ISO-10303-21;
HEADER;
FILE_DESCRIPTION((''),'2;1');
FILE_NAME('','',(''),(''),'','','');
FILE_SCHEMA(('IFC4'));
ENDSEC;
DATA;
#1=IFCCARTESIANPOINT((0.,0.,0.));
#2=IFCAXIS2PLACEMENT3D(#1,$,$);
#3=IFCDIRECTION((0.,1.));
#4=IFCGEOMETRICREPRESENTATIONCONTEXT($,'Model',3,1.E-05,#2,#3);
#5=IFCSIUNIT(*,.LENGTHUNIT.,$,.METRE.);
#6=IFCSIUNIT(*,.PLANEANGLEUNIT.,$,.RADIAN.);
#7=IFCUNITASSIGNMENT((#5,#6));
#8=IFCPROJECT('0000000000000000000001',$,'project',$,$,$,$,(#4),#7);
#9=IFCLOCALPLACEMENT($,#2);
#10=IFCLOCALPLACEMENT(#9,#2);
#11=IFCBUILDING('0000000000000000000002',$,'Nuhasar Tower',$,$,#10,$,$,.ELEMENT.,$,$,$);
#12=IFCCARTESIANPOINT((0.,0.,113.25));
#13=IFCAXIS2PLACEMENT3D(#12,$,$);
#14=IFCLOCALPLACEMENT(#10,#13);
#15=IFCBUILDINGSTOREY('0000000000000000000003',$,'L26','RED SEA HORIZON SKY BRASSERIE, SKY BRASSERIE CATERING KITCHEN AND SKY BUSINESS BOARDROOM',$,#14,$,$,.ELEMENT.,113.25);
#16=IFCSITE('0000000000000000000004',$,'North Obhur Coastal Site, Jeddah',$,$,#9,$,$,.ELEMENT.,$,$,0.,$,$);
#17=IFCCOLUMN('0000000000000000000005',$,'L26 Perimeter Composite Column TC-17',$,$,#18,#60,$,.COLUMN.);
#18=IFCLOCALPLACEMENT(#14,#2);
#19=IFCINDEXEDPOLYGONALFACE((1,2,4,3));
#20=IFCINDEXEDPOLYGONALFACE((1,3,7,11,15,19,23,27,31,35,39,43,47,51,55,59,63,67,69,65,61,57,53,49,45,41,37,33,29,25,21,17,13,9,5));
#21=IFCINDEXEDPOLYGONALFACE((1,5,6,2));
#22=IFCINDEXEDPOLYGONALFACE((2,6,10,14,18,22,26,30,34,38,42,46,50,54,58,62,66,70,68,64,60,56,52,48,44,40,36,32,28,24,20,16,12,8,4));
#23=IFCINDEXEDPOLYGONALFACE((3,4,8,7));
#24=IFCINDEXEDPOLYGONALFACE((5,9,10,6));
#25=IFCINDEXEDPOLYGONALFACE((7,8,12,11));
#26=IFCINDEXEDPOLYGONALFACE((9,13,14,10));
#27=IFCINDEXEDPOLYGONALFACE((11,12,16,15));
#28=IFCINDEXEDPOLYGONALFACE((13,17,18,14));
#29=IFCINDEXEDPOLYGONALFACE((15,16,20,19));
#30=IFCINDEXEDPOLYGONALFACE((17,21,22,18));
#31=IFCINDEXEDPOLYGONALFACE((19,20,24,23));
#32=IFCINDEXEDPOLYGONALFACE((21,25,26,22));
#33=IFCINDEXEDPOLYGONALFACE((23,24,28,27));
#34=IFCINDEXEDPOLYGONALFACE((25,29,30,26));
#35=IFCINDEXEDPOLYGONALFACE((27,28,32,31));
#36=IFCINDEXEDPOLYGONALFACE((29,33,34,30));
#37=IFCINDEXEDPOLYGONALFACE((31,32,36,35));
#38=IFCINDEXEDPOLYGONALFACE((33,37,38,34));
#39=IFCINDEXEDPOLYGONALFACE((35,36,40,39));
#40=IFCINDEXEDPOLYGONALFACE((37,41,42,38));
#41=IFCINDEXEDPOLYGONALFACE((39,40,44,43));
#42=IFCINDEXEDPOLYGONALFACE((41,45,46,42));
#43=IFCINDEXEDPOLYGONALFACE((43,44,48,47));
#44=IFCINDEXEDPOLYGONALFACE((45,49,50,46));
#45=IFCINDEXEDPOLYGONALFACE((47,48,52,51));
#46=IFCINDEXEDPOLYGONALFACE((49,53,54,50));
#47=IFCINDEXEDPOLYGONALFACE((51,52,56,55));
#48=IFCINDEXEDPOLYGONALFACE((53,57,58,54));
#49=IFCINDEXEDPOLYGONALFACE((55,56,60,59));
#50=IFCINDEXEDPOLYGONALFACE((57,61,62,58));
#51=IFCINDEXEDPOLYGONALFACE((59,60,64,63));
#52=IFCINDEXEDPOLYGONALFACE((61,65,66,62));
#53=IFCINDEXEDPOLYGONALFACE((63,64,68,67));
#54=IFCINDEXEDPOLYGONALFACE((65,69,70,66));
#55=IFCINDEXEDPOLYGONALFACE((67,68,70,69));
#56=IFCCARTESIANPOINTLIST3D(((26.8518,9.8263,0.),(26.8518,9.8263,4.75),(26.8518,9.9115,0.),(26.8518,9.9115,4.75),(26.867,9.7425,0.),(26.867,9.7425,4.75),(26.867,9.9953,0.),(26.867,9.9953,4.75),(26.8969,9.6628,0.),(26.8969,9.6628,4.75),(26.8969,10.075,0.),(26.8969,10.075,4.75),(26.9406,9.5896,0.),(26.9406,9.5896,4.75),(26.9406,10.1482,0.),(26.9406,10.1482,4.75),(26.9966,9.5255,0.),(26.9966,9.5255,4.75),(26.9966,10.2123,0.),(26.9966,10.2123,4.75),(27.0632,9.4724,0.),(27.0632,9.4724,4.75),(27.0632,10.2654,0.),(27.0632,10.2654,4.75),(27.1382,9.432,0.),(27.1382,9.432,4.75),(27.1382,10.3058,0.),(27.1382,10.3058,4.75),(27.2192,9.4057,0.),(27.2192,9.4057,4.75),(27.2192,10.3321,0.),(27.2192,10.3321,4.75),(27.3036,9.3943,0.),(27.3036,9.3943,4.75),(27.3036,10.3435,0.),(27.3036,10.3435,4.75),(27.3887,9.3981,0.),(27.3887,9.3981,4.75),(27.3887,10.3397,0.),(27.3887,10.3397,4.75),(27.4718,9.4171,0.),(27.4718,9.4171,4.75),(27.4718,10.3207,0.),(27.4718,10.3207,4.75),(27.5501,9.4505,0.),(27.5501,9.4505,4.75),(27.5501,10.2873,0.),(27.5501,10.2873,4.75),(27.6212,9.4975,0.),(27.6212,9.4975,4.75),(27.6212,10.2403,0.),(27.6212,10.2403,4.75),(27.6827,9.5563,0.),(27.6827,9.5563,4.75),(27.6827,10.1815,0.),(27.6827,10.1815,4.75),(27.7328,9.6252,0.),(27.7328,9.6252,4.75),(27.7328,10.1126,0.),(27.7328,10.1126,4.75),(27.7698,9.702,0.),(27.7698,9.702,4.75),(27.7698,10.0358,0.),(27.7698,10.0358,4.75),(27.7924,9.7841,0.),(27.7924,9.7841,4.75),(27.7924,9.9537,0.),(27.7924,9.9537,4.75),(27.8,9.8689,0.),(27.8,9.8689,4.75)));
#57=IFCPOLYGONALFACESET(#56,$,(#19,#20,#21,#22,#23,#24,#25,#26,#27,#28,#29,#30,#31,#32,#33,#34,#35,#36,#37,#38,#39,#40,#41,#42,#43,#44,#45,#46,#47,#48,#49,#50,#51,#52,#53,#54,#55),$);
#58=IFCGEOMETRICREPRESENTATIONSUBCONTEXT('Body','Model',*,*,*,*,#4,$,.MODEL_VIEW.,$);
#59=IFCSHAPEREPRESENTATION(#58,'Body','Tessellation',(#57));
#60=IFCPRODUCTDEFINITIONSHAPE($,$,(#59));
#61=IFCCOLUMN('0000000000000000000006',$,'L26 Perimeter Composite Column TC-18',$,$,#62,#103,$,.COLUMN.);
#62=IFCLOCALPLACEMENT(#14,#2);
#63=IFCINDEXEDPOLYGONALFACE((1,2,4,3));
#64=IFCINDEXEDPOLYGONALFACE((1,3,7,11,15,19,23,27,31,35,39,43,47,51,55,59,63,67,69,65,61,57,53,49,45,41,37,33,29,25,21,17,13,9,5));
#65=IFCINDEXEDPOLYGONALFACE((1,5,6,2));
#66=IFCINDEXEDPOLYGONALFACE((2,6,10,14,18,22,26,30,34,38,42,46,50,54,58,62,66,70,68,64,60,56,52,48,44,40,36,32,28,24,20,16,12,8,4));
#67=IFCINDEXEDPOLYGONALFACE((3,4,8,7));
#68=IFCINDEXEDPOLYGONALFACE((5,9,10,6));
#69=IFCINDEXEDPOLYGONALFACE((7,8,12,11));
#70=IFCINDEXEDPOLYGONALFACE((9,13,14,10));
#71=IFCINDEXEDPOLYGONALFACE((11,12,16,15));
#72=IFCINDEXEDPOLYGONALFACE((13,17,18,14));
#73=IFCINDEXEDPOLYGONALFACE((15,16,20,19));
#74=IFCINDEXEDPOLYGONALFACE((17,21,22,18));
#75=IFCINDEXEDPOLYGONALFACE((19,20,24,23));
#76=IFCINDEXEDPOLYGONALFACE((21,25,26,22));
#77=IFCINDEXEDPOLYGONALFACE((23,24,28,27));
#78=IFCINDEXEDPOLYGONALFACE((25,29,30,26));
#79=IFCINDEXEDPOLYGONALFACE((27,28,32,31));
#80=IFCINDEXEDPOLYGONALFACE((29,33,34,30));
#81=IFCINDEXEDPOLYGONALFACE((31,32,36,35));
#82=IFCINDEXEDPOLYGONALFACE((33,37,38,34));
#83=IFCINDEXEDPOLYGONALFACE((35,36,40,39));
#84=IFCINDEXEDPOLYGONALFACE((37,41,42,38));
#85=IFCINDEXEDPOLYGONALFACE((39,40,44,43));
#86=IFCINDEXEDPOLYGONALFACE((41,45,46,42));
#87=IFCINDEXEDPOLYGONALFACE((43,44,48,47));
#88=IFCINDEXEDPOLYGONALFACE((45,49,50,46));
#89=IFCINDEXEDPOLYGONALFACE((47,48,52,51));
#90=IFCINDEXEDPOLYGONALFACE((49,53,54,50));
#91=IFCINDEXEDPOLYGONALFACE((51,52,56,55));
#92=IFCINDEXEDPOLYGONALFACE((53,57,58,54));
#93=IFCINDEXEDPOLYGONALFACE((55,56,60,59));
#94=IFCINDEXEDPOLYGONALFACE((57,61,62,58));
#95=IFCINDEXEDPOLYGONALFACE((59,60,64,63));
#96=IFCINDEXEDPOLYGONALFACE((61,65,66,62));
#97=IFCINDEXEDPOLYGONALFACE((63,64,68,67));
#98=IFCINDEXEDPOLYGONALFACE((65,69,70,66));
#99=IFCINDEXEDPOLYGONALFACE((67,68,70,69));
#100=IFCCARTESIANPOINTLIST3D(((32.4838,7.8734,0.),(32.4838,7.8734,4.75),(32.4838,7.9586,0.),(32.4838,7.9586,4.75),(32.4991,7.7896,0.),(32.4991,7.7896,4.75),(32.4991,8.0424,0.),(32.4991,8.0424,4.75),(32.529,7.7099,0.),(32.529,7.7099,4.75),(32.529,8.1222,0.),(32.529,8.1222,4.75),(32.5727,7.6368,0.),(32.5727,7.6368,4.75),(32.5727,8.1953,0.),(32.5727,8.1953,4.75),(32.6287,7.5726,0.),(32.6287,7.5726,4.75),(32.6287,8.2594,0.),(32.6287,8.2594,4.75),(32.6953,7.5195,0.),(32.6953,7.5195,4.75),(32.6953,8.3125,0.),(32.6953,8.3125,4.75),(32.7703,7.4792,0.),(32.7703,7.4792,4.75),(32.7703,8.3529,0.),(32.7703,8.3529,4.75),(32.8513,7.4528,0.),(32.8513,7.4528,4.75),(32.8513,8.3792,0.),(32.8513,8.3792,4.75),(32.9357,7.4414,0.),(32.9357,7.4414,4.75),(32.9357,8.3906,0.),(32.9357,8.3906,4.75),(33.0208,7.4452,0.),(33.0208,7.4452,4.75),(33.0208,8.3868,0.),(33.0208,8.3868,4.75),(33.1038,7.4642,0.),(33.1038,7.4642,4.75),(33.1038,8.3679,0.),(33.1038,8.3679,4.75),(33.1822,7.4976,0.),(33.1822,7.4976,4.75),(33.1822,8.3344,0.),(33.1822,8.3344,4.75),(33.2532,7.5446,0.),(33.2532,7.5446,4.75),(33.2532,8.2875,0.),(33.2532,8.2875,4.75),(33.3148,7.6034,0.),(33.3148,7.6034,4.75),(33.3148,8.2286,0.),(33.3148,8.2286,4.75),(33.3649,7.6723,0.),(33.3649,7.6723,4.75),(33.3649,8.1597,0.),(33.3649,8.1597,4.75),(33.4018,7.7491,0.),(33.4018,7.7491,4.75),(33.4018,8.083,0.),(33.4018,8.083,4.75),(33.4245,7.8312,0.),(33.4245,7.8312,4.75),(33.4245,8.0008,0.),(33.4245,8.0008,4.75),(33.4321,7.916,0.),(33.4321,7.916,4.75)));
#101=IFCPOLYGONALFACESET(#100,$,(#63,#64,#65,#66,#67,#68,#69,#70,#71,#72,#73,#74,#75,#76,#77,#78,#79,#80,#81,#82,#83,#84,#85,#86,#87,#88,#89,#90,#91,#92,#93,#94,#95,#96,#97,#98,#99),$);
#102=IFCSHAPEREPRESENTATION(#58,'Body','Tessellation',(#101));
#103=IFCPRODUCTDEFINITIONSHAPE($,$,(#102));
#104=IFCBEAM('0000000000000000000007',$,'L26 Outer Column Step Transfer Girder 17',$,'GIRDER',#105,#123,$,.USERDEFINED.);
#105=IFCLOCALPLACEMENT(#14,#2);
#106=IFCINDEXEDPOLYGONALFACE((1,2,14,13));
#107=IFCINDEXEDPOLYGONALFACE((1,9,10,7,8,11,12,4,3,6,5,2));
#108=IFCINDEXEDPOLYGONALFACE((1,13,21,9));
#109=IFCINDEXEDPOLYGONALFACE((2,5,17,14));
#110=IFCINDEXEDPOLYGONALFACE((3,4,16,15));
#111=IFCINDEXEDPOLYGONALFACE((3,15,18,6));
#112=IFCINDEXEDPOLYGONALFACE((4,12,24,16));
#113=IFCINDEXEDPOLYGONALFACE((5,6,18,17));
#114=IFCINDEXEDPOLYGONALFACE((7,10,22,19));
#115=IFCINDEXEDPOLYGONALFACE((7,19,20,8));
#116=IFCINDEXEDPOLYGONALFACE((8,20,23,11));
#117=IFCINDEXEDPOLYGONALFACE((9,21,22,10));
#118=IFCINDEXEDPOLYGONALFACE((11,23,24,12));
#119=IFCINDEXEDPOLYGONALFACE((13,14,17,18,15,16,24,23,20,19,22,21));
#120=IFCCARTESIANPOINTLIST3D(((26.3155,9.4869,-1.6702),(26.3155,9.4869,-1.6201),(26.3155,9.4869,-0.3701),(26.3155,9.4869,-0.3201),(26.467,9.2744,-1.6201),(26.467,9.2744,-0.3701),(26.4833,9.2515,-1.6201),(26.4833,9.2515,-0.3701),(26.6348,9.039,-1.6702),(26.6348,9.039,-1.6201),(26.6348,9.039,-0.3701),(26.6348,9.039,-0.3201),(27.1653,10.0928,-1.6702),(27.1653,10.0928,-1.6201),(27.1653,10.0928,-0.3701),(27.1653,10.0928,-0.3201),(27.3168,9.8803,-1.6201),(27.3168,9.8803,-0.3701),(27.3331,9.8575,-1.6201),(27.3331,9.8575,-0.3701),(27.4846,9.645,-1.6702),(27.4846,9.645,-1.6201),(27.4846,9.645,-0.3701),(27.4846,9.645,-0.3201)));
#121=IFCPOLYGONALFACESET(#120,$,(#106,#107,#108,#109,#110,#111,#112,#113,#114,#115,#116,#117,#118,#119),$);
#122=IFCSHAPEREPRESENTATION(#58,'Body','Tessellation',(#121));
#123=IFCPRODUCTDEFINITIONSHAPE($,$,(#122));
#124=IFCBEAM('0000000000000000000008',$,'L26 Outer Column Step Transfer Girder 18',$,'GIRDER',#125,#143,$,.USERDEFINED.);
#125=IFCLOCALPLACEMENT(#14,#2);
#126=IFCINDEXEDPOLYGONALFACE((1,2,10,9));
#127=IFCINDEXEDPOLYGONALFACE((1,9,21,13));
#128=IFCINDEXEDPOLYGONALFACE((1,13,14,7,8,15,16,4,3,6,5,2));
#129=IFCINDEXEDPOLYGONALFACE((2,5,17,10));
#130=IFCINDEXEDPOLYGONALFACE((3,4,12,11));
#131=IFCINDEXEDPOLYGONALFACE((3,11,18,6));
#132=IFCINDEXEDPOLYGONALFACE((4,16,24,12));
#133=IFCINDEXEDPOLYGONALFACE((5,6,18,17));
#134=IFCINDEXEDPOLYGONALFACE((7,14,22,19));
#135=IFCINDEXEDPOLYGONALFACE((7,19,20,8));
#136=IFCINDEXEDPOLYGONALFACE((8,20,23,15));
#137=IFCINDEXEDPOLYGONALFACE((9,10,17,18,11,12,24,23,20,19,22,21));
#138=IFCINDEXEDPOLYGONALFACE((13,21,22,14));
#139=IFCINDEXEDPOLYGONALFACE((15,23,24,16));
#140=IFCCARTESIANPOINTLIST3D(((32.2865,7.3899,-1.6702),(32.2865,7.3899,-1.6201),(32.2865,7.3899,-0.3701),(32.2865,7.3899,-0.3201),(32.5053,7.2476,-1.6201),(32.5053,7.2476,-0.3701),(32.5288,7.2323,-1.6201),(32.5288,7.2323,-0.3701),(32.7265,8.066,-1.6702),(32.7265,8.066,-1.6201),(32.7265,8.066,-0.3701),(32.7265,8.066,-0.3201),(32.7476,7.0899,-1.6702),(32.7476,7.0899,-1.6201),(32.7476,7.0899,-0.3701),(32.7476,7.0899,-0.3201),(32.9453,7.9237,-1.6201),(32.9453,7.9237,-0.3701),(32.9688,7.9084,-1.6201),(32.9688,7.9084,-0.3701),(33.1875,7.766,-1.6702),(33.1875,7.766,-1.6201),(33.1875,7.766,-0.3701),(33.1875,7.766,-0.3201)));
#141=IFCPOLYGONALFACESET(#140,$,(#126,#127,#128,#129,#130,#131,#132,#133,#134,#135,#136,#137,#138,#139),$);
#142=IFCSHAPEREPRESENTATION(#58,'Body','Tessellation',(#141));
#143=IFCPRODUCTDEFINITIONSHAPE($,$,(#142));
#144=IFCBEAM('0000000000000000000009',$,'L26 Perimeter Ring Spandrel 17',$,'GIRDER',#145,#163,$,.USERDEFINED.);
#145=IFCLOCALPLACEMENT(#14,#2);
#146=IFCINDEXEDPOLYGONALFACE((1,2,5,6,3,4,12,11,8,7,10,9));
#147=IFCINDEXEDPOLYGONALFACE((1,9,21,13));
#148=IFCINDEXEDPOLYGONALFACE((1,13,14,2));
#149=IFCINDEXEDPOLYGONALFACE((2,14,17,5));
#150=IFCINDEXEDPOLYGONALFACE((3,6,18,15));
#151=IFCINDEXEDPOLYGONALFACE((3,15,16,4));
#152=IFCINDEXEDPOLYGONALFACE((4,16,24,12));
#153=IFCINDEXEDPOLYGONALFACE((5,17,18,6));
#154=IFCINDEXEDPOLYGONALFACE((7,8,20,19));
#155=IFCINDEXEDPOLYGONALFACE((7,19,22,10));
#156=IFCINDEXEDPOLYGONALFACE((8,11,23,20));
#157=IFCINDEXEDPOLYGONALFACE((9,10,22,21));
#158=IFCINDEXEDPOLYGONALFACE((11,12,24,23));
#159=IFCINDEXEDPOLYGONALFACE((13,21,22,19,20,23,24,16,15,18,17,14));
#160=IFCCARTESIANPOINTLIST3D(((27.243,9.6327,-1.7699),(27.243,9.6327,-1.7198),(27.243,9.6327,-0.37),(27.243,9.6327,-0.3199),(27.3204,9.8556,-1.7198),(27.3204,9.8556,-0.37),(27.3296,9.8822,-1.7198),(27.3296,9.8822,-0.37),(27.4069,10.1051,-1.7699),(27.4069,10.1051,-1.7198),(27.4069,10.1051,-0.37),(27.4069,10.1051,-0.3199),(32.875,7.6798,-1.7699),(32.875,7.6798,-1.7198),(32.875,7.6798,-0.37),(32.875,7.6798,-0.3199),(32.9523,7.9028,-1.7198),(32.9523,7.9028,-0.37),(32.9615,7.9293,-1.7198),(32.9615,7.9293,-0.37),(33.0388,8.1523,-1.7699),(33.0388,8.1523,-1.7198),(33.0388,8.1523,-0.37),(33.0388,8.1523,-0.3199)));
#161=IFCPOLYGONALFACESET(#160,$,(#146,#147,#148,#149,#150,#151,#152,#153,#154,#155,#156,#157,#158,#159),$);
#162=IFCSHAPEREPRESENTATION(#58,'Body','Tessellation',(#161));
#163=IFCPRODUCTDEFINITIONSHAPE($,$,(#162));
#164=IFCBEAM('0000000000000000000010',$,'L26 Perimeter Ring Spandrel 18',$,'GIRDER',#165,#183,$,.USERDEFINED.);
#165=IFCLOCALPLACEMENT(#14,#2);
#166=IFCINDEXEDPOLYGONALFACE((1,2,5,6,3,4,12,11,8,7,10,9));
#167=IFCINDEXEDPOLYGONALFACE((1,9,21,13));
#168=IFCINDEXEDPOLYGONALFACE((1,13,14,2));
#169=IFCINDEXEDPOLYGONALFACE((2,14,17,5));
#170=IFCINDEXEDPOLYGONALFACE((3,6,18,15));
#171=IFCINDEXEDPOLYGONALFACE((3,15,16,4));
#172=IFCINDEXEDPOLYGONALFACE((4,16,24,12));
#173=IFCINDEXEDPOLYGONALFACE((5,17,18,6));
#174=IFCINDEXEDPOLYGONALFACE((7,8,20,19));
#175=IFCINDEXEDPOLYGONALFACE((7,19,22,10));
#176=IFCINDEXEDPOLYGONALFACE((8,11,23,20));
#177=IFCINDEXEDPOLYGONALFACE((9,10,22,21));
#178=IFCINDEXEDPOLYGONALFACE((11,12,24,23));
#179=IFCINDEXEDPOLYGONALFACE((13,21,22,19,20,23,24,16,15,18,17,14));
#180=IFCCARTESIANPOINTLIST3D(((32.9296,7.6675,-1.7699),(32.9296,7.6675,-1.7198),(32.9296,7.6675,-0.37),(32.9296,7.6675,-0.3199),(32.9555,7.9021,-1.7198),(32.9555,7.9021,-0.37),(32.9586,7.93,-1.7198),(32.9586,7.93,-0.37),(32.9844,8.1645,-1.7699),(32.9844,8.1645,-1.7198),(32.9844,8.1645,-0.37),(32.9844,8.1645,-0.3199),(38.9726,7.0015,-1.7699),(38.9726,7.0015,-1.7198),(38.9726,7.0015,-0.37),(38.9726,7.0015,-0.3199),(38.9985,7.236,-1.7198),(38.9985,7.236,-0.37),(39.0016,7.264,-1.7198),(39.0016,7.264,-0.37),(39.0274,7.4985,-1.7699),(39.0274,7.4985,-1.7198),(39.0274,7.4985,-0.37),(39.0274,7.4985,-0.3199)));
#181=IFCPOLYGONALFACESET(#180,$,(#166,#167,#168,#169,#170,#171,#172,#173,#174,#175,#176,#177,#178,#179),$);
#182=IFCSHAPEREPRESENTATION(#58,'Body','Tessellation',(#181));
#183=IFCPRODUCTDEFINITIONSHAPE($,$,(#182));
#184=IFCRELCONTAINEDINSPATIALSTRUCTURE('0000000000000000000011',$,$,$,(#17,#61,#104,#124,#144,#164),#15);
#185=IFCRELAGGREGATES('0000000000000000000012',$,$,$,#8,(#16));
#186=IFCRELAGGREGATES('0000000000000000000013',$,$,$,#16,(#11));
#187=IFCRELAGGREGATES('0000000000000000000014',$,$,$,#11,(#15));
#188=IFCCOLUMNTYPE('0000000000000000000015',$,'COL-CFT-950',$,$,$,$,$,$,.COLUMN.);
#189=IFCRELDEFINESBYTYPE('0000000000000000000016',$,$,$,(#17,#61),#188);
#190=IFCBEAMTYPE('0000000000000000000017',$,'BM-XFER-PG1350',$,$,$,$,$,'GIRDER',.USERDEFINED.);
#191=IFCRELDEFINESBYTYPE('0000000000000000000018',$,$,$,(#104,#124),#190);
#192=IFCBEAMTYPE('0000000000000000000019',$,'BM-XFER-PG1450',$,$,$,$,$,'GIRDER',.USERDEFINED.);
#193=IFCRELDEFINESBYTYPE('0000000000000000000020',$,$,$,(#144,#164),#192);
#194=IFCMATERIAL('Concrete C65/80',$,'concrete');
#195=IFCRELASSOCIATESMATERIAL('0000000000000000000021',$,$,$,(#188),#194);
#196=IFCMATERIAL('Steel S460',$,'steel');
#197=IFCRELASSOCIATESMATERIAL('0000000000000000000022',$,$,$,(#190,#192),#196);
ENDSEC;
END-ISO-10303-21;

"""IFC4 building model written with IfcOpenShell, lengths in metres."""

from ifc_helpers import new_model, si_unit, direction, frame, origin, origin_2d, place, context, subcontext, project, spatial, circle, i_section, extrude, material, material_profile, profile_set, type_object, element, save


model = new_model("IFC4")

# Units and contexts
model_context = context("Model", 3, precision=1e-05, world=origin(), true_north=direction((0.0, 1.0)))
body_context = subcontext(model_context, "Body", "Model", "MODEL_VIEW")
ifc_project = project(units=[si_unit("LENGTHUNIT", "METRE"), si_unit("PLANEANGLEUNIT", "RADIAN")], contexts=[model_context])

# Site, building, storey
site_placement = place(None, origin())
site = spatial("IfcSite", under=ifc_project, at=site_placement, Name="North Obhur Coastal Site, Jeddah", CompositionType="ELEMENT", RefElevation=0.0)
building_placement = place(site_placement, origin())
building = spatial("IfcBuilding", under=site, at=building_placement, Name="Nuhasar Tower", CompositionType="ELEMENT")
storey_placement = place(building_placement, frame((0.0, 0.0, 113.25)))
storey = spatial("IfcBuildingStorey", under=building, at=storey_placement, Name="L26", Description="RED SEA HORIZON SKY BRASSERIE, SKY BRASSERIE CATERING KITCHEN AND SKY BUSINESS BOARDROOM", CompositionType="ELEMENT", Elevation=113.25)

# Columns
ifc_material_1 = material(Name="Concrete C65/80", Category="concrete")
ifc_material_profile_1 = material_profile(ifc_material_1, circle(Radius=0.4751, at=origin_2d()), Name="CFT950")
ifc_profile_set_1 = profile_set([ifc_material_profile_1], Name="Concrete C65/80")
column_type = type_object("IfcColumnType", Name="COL-CFT-950", PredefinedType="COLUMN", material=ifc_profile_set_1)
for number, where, z_axis, x_axis, name in (
    (1, (27.325, 9.8689, 0.0), (0.0, 0.0, 1.0), (1.0, 0.0, 0.0), "L26 Perimeter Composite Column TC-17"),
    (2, (32.957, 7.916, 0.0), (0.0, 0.0, 1.0), (1.0, 0.0, 0.0), "L26 Perimeter Composite Column TC-18"),
):
    element("IfcColumn", number, at=place(storey_placement, frame(where, z_axis=z_axis, x_axis=x_axis)), inside=storey, type_object=column_type, Name=name, PredefinedType="COLUMN", context=body_context, shape_type="SweptSolid", body=[
        extrude(circle(Radius=0.4751, at=origin_2d()), origin(), (0.0, 0.0, 1.0), 4.75),
    ])

# Beams
ifc_material_2 = material(Name="Steel S460", Category="steel")
ifc_material_profile_2 = material_profile(ifc_material_2, i_section(OverallWidth=0.55, OverallDepth=1.3501, WebThickness=0.0281, FlangeThickness=0.05, at=origin_2d()), Name="PG1350X550")
ifc_profile_set_2 = profile_set([ifc_material_profile_2], Name="Steel S460")
beam_type_1 = type_object("IfcBeamType", Name="BM-XFER-PG1350", ElementType="GIRDER", PredefinedType="USERDEFINED", material=ifc_profile_set_2)
beam_1_placement = place(storey_placement, frame((27.325, 9.8689, -0.9951), z_axis=(-0.814223, -0.580552, 0.0), x_axis=(0.580552, -0.814223, 0.0)))
element("IfcBeam", 3, at=beam_1_placement, inside=storey, type_object=beam_type_1, Name="L26 Outer Column Step Transfer Girder 17", ObjectType="GIRDER", PredefinedType="USERDEFINED", context=body_context, shape_type="SweptSolid", body=[
    extrude(i_section(OverallWidth=0.55, OverallDepth=1.3501, WebThickness=0.0281, FlangeThickness=0.05, at=origin_2d()), origin(), (0.0, 0.0, 1.0), 1.0437),
])
beam_2_placement = place(storey_placement, frame((32.957, 7.916, -0.9951), z_axis=(-0.545446, -0.838146, 0.0), x_axis=(0.838146, -0.545446, 0.0)))
element("IfcBeam", 4, at=beam_2_placement, inside=storey, type_object=beam_type_1, Name="L26 Outer Column Step Transfer Girder 18", ObjectType="GIRDER", PredefinedType="USERDEFINED", context=body_context, shape_type="SweptSolid", body=[
    extrude(i_section(OverallWidth=0.55, OverallDepth=1.3501, WebThickness=0.0281, FlangeThickness=0.05, at=origin_2d()), origin(), (0.0, 0.0, 1.0), 0.8066),
])
ifc_material_profile_3 = material_profile(ifc_material_2, i_section(OverallWidth=0.5, OverallDepth=1.45, WebThickness=0.0281, FlangeThickness=0.05, at=origin_2d()), Name="PG1450X500")
ifc_profile_set_3 = profile_set([ifc_material_profile_3], Name="Steel S460")
beam_type_2 = type_object("IfcBeamType", Name="BM-XFER-PG1450", ElementType="GIRDER", PredefinedType="USERDEFINED", material=ifc_profile_set_3)
beam_3_placement = place(storey_placement, frame((27.325, 9.8689, -1.0449), z_axis=(0.944814, -0.327607, 0.0), x_axis=(0.327607, 0.944814, 0.0)))
element("IfcBeam", 5, at=beam_3_placement, inside=storey, type_object=beam_type_2, Name="L26 Perimeter Ring Spandrel 17", ObjectType="GIRDER", PredefinedType="USERDEFINED", context=body_context, shape_type="SweptSolid", body=[
    extrude(i_section(OverallWidth=0.5, OverallDepth=1.45, WebThickness=0.0281, FlangeThickness=0.05, at=origin_2d()), origin(), (0.0, 0.0, 1.0), 5.9609),
])
beam_4_placement = place(storey_placement, frame((32.957, 7.916, -1.0449), z_axis=(0.993981, -0.10955, 0.0), x_axis=(0.10955, 0.993981, 0.0)))
element("IfcBeam", 6, at=beam_4_placement, inside=storey, type_object=beam_type_2, Name="L26 Perimeter Ring Spandrel 18", ObjectType="GIRDER", PredefinedType="USERDEFINED", context=body_context, shape_type="SweptSolid", body=[
    extrude(i_section(OverallWidth=0.5, OverallDepth=1.45, WebThickness=0.0281, FlangeThickness=0.05, at=origin_2d()), origin(), (0.0, 0.0, 1.0), 6.0796),
])

save(model, "model.ifc")
